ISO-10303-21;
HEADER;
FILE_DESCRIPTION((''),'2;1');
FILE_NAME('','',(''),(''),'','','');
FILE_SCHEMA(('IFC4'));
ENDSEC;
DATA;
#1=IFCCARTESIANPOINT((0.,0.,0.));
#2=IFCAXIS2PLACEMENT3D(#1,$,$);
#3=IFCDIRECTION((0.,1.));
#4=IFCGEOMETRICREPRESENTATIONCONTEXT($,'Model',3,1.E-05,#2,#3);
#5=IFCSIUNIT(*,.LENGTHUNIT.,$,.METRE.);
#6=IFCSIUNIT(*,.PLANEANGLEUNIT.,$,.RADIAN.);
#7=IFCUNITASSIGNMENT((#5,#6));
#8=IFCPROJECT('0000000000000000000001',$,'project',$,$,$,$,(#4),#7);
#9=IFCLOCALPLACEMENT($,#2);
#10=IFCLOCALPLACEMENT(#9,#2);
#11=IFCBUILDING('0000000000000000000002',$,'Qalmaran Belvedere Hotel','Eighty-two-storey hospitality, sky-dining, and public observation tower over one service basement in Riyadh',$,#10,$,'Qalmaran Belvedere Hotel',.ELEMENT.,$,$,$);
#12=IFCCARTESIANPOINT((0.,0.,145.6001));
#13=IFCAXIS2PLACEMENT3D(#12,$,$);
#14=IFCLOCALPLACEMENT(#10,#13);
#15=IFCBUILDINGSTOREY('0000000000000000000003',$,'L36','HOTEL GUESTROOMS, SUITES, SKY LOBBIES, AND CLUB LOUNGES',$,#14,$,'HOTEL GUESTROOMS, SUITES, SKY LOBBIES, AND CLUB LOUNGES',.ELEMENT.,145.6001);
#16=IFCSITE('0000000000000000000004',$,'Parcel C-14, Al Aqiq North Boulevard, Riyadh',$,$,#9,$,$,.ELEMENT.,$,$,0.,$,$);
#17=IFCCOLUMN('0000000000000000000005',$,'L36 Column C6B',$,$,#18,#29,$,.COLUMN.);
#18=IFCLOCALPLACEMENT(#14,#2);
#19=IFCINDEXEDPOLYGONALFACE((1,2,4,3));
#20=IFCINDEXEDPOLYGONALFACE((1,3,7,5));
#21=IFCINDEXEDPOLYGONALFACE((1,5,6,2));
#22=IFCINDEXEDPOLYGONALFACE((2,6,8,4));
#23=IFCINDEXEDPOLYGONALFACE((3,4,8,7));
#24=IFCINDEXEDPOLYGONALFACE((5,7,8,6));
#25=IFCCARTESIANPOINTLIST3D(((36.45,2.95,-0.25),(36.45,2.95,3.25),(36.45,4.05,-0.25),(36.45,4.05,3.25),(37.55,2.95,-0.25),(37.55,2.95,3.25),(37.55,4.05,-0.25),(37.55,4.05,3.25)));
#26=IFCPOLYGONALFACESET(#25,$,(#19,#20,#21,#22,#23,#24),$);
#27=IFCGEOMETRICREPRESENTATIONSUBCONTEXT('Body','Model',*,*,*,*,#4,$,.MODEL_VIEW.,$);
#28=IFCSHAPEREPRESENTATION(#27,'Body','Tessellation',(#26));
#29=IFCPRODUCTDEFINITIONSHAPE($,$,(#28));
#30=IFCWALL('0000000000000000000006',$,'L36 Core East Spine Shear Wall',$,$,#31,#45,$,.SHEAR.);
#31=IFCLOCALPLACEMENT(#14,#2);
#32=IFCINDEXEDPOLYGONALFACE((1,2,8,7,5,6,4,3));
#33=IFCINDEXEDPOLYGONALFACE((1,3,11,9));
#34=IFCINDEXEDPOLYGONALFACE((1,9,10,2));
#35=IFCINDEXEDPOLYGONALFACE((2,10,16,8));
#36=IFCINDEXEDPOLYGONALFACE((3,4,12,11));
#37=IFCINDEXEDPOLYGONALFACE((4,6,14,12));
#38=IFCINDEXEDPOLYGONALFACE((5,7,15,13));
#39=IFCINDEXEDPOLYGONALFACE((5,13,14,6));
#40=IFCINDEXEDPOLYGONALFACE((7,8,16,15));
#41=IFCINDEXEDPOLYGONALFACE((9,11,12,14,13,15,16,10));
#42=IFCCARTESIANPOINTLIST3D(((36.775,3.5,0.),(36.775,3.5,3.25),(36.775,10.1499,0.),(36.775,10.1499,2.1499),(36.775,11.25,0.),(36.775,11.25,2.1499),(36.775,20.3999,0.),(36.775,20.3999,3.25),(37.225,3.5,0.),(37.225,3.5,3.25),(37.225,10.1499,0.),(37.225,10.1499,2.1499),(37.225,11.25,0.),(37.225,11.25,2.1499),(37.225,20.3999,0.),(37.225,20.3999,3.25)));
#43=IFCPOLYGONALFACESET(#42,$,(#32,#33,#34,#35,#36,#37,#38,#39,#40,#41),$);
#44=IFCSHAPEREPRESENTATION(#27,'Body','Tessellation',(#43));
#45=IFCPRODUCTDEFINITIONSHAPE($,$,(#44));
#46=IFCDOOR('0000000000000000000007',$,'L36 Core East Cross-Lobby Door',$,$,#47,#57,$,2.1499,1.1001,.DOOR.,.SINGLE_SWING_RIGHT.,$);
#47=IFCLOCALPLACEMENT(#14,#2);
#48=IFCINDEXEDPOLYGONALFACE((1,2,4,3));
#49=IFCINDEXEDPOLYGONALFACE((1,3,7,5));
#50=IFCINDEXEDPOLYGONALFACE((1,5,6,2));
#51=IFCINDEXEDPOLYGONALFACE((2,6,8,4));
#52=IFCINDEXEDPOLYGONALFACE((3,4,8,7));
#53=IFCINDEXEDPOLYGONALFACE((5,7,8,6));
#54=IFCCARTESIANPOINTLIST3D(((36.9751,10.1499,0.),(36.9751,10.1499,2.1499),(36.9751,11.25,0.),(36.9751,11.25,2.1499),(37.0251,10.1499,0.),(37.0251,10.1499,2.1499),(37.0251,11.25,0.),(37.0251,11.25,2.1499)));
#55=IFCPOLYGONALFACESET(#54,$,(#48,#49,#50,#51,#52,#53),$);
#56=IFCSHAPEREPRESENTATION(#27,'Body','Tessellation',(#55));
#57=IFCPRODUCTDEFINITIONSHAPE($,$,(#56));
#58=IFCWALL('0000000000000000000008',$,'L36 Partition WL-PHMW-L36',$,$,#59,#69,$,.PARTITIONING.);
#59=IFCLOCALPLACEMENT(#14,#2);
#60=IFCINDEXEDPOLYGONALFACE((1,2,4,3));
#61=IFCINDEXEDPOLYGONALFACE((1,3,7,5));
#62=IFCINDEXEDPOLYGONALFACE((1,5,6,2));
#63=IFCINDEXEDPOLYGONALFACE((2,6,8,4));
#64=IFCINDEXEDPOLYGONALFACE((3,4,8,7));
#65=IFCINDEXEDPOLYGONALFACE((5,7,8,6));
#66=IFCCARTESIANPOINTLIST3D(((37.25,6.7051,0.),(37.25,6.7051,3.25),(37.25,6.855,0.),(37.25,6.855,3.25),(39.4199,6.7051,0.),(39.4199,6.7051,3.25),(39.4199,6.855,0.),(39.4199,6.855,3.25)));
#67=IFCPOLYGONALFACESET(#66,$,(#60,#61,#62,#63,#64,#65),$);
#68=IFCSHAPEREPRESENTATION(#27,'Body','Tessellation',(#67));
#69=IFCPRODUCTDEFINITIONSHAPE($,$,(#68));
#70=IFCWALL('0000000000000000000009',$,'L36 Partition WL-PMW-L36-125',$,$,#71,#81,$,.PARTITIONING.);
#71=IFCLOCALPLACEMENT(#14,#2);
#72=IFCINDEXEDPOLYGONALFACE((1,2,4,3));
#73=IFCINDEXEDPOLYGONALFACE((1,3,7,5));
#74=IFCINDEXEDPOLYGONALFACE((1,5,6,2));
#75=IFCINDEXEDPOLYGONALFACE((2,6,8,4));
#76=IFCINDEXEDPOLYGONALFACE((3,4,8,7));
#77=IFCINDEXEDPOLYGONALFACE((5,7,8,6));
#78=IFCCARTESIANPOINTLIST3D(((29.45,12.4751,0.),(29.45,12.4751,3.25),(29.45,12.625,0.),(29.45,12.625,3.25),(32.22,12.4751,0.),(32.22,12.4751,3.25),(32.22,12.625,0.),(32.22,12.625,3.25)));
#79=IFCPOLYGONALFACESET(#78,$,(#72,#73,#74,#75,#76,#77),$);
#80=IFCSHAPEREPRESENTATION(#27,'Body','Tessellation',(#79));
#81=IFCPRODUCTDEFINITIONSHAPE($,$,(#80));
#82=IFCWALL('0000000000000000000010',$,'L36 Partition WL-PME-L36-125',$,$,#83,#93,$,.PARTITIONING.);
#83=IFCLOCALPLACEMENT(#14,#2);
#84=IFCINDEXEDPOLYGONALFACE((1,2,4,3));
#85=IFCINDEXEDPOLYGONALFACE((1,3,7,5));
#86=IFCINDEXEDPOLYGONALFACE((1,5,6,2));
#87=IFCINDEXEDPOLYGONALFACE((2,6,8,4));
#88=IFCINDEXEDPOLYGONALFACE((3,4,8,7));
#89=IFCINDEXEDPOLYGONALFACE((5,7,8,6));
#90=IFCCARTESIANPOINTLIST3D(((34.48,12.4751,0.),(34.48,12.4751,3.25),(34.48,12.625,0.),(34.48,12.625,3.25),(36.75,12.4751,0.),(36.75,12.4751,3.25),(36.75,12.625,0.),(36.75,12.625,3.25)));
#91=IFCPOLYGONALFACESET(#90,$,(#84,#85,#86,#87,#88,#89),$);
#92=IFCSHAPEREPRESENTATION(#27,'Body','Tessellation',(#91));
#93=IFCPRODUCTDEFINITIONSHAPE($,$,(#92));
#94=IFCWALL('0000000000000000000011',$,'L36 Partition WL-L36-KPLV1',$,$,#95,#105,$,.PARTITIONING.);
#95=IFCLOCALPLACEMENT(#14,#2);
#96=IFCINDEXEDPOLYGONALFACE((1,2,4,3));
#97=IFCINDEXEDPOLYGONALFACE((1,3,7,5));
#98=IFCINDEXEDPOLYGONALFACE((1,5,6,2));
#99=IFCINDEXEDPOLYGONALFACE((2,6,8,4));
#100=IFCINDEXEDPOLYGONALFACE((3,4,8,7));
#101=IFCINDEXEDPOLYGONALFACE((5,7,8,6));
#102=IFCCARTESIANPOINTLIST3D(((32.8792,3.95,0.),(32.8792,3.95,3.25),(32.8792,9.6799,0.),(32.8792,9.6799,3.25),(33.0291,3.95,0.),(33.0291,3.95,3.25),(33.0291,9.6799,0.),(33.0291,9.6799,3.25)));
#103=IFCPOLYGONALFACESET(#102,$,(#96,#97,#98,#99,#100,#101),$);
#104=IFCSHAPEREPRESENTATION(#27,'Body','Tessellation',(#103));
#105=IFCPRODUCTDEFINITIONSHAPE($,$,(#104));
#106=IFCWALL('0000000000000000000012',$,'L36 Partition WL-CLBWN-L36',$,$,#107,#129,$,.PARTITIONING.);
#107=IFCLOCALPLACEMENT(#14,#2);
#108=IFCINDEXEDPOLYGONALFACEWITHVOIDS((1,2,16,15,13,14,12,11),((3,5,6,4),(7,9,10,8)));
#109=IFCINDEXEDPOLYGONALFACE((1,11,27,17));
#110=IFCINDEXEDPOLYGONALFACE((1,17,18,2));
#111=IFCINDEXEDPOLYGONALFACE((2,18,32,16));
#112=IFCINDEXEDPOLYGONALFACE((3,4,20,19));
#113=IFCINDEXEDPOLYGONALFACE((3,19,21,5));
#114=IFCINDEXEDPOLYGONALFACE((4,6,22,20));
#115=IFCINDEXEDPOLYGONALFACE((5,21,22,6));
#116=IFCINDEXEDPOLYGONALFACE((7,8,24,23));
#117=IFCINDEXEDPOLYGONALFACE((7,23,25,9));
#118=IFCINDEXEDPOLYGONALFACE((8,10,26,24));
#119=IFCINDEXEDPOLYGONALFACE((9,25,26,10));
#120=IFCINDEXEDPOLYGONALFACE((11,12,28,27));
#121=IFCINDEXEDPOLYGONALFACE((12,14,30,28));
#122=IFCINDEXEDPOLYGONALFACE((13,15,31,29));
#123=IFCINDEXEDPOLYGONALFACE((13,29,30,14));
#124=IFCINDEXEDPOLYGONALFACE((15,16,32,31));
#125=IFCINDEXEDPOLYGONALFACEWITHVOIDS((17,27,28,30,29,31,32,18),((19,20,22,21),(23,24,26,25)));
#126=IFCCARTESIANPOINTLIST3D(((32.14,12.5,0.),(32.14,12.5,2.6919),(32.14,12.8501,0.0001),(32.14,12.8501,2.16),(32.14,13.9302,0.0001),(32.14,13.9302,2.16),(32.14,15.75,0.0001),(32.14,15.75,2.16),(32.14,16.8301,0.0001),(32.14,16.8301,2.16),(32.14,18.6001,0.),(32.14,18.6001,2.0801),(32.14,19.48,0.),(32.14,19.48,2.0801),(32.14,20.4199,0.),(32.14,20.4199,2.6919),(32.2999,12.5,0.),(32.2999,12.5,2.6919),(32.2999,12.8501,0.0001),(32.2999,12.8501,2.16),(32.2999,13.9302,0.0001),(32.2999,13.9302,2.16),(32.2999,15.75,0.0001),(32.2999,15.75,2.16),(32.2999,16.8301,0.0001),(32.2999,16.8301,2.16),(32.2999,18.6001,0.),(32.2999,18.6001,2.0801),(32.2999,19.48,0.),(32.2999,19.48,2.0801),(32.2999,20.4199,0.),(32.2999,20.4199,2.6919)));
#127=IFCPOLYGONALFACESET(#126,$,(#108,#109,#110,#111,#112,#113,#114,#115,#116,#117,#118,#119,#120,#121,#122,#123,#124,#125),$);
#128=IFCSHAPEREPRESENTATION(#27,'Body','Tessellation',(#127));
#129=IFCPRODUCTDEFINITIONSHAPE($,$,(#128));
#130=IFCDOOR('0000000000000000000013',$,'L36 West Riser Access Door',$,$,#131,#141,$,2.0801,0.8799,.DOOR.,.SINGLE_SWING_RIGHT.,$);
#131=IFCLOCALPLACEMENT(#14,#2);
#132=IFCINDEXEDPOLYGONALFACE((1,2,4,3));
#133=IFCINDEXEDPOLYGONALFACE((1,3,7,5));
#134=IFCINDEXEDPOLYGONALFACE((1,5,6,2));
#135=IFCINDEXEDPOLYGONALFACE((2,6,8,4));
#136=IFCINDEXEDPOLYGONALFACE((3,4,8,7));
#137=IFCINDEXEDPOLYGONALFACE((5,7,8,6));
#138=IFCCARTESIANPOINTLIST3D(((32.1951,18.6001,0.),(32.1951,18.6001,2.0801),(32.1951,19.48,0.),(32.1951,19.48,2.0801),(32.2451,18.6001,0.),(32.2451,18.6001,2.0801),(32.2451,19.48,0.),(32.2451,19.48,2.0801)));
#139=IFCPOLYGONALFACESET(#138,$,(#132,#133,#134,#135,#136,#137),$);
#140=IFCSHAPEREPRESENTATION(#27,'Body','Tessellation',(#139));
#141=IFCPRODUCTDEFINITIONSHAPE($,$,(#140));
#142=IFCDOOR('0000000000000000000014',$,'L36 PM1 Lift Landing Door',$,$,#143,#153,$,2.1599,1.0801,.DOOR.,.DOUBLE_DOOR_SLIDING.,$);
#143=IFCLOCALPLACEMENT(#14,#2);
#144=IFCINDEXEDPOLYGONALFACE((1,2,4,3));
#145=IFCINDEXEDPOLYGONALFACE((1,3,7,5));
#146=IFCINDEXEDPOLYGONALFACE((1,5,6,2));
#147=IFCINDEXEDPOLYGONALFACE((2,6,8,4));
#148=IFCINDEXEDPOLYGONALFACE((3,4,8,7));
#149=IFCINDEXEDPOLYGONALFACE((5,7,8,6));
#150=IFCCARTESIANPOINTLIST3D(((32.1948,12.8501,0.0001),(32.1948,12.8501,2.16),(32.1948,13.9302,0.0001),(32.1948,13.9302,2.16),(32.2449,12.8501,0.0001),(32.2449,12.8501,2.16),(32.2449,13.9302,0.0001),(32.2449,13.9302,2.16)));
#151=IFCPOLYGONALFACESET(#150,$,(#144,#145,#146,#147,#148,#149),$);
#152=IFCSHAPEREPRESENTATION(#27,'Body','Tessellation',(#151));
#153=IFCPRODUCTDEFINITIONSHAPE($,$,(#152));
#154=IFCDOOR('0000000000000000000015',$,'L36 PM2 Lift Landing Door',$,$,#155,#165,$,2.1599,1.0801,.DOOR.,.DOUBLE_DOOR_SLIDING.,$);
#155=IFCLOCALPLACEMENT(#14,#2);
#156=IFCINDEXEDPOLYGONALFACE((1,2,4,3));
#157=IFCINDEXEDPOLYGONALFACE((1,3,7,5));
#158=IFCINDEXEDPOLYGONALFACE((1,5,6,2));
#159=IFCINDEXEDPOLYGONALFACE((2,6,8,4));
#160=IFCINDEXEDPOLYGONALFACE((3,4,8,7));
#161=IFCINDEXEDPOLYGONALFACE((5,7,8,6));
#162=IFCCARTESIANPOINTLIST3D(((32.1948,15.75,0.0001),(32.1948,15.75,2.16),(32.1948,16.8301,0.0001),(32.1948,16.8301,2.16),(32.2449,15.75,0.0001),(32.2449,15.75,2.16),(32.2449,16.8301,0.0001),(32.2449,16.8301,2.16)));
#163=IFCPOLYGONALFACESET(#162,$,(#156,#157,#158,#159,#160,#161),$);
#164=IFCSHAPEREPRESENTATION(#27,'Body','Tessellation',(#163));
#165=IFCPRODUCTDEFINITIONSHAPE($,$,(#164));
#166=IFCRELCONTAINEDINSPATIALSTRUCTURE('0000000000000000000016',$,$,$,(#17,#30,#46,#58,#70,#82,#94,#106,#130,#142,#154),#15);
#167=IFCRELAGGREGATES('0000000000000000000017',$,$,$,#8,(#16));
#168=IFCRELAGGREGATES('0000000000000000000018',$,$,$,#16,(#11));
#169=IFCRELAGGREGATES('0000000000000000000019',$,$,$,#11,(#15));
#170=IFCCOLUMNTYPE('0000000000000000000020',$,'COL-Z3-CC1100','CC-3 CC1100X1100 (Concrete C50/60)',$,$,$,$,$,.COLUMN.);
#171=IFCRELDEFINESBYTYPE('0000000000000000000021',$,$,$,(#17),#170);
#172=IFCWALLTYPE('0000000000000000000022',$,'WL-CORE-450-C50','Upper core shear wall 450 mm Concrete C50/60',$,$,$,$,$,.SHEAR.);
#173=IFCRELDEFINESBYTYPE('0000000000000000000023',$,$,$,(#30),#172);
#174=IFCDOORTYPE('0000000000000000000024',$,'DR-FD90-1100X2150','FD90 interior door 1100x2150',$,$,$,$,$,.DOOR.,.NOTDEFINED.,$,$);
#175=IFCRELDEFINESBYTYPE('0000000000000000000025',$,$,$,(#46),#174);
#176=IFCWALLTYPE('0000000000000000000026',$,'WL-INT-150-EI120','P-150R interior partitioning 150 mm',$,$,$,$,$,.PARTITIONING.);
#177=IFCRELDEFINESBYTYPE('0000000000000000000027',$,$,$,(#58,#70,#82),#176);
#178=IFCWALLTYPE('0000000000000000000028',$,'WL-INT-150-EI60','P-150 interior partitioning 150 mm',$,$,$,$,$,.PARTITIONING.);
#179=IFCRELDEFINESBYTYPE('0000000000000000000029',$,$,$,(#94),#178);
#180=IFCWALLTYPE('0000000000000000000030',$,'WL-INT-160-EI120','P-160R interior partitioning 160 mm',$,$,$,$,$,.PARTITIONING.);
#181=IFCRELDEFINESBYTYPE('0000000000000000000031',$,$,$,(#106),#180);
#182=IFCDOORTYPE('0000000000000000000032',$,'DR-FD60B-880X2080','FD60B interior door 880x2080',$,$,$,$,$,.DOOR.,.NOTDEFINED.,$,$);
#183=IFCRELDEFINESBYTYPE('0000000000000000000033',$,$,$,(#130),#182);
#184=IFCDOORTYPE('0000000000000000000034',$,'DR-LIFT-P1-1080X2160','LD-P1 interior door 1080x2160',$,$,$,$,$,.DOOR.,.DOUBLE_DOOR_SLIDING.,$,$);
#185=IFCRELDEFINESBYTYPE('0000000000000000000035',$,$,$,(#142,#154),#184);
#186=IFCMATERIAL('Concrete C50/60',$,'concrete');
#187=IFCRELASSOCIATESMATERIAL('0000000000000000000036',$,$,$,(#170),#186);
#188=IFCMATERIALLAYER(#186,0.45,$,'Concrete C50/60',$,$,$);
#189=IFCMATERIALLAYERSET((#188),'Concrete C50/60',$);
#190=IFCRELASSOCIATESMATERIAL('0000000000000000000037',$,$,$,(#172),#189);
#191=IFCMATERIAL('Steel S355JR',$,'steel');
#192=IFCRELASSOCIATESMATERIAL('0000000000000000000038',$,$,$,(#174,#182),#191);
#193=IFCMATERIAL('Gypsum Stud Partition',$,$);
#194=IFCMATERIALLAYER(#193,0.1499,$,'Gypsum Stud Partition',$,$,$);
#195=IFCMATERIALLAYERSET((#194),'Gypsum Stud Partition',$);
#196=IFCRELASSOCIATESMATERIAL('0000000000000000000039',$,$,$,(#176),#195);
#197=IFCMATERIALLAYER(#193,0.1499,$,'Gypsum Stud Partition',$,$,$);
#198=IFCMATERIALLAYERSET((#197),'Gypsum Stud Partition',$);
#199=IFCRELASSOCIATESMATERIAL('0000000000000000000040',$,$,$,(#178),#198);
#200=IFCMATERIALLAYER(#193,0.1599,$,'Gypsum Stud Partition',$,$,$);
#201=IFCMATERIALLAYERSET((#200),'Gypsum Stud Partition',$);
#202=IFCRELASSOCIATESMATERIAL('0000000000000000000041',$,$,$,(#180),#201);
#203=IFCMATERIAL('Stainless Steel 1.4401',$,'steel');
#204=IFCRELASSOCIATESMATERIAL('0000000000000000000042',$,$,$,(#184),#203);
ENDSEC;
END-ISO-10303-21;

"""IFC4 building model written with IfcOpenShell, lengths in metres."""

from ifc_helpers import new_model, si_unit, direction, frame, frame_2d, origin, origin_2d, place, context, subcontext, project, spatial, rectangle, extrude, material, layer, layer_set, material_profile, profile_set, type_object, element, fill, save


model = new_model("IFC4")

# Units and contexts
model_context = context("Model", 3, precision=1e-05, world=origin(), true_north=direction((0.0, 1.0)))
body_context = subcontext(model_context, "Body", "Model", "MODEL_VIEW")
ifc_project = project(units=[si_unit("LENGTHUNIT", "METRE"), si_unit("PLANEANGLEUNIT", "RADIAN")], contexts=[model_context])

# Site, building, storey
site_placement = place(None, origin())
site = spatial("IfcSite", under=ifc_project, at=site_placement, Name="Parcel C-14, Al Aqiq North Boulevard, Riyadh", CompositionType="ELEMENT", RefElevation=0.0)
building_placement = place(site_placement, origin())
building = spatial("IfcBuilding", under=site, at=building_placement, Name="Qalmaran Belvedere Hotel", Description="Eighty-two-storey hospitality, sky-dining, and public observation tower over one service basement in Riyadh", LongName="Qalmaran Belvedere Hotel", CompositionType="ELEMENT")
storey_placement = place(building_placement, frame((0.0, 0.0, 145.6001)))
storey = spatial("IfcBuildingStorey", under=building, at=storey_placement, Name="L36", Description="HOTEL GUESTROOMS, SUITES, SKY LOBBIES, AND CLUB LOUNGES", LongName="HOTEL GUESTROOMS, SUITES, SKY LOBBIES, AND CLUB LOUNGES", CompositionType="ELEMENT", Elevation=145.6001)

# Column
ifc_material_1 = material(Name="Concrete C50/60", Category="concrete")
ifc_material_profile = material_profile(ifc_material_1, rectangle(XDim=1.1001, YDim=1.1001, at=origin_2d()), Name="CC1100X1100")
ifc_profile_set = profile_set([ifc_material_profile], Name="Concrete C50/60")
column_type = type_object("IfcColumnType", Name="COL-Z3-CC1100", Description="CC-3 CC1100X1100 (Concrete C50/60)", PredefinedType="COLUMN", material=ifc_profile_set)
column_placement = place(storey_placement, frame((37.0, 3.5, -0.25), z_axis=(0.0, 0.0, 1.0), x_axis=(1.0, 0.0, 0.0)))
element("IfcColumn", 1, at=column_placement, inside=storey, type_object=column_type, Name="L36 Column C6B", PredefinedType="COLUMN", context=body_context, shape_type="SweptSolid", body=[
    extrude(rectangle(XDim=1.1001, YDim=1.1001, at=origin_2d()), origin(), (0.0, 0.0, 1.0), 3.5),
])

# Wall, opening, door
ifc_layer_1 = layer(ifc_material_1, 0.45, Name="Concrete C50/60")
ifc_layer_set_1 = layer_set([ifc_layer_1], Name="Concrete C50/60")
wall_type_1 = type_object("IfcWallType", Name="WL-CORE-450-C50", Description="Upper core shear wall 450 mm Concrete C50/60", PredefinedType="SHEAR", material=ifc_layer_set_1)
wall_1_placement = place(storey_placement, frame((37.0, 3.5, 0.0), z_axis=(0.0, 0.0, 1.0), x_axis=(0.0, 1.0, 0.0)))
wall_1 = element("IfcWall", 2, at=wall_1_placement, inside=storey, type_object=wall_type_1, Name="L36 Core East Spine Shear Wall", PredefinedType="SHEAR", context=body_context, shape_type="SweptSolid", body=[
    extrude(rectangle(XDim=16.8999, YDim=0.45, at=frame_2d((8.45, 0.0))), origin(), (0.0, 0.0, 1.0), 3.25),
])
opening_1_placement = place(wall_1_placement, frame((6.6499, 0.0, 0.0)))
opening_1 = element("IfcOpeningElement", 3, at=opening_1_placement, cuts=wall_1, PredefinedType="OPENING", context=body_context, shape_type="SweptSolid", body=[
    extrude(rectangle(XDim=1.1001, YDim=2.1499, at=frame_2d((0.55, 1.075))), frame((0.0, 0.2349, 0.0), z_axis=(0.0, -1.0, 0.0), x_axis=(1.0, 0.0, 0.0)), (0.0, 0.0, 1.0), 0.47),
])
ifc_material_2 = material(Name="Steel S355JR", Category="steel")
door_type_1 = type_object("IfcDoorType", Name="DR-FD90-1100X2150", Description="FD90 interior door 1100x2150", OperationType="NOTDEFINED", PredefinedType="DOOR", material=ifc_material_2)
door_1_placement = place(opening_1_placement, origin())
door_1 = element("IfcDoor", 4, at=door_1_placement, inside=storey, type_object=door_type_1, Name="L36 Core East Cross-Lobby Door", OperationType="SINGLE_SWING_RIGHT", OverallHeight=2.1499, OverallWidth=1.1001, PredefinedType="DOOR", context=body_context, shape_type="SweptSolid", body=[
    extrude(rectangle(XDim=1.1001, YDim=2.1499, at=frame_2d((0.55, 1.075))), frame((0.0, 0.0249, 0.0), z_axis=(0.0, -1.0, 0.0), x_axis=(1.0, 0.0, 0.0)), (0.0, 0.0, 1.0), 0.05),
])
fill(opening_1, door_1)

# Walls
ifc_material_3 = material(Name="Gypsum Stud Partition")
ifc_layer_2 = layer(ifc_material_3, 0.1499, Name="Gypsum Stud Partition")
ifc_layer_set_2 = layer_set([ifc_layer_2], Name="Gypsum Stud Partition")
wall_type_2 = type_object("IfcWallType", Name="WL-INT-150-EI120", Description="P-150R interior partitioning 150 mm", PredefinedType="PARTITIONING", material=ifc_layer_set_2)
wall_2_placement = place(storey_placement, frame((37.25, 6.78, 0.0), z_axis=(0.0, 0.0, 1.0), x_axis=(1.0, 0.0, 0.0)))
element("IfcWall", 5, at=wall_2_placement, inside=storey, type_object=wall_type_2, Name="L36 Partition WL-PHMW-L36", PredefinedType="PARTITIONING", context=body_context, shape_type="SweptSolid", body=[
    extrude(rectangle(XDim=2.1699, YDim=0.1499, at=frame_2d((1.085, 0.0))), origin(), (0.0, 0.0, 1.0), 3.25),
])
wall_3_placement = place(storey_placement, frame((29.45, 12.55, 0.0), z_axis=(0.0, 0.0, 1.0), x_axis=(1.0, 0.0, 0.0)))
element("IfcWall", 6, at=wall_3_placement, inside=storey, type_object=wall_type_2, Name="L36 Partition WL-PMW-L36-125", PredefinedType="PARTITIONING", context=body_context, shape_type="SweptSolid", body=[
    extrude(rectangle(XDim=2.77, YDim=0.1499, at=frame_2d((1.385, 0.0))), origin(), (0.0, 0.0, 1.0), 3.25),
])
wall_4_placement = place(storey_placement, frame((34.48, 12.55, 0.0), z_axis=(0.0, 0.0, 1.0), x_axis=(1.0, 0.0, 0.0)))
element("IfcWall", 7, at=wall_4_placement, inside=storey, type_object=wall_type_2, Name="L36 Partition WL-PME-L36-125", PredefinedType="PARTITIONING", context=body_context, shape_type="SweptSolid", body=[
    extrude(rectangle(XDim=2.27, YDim=0.1499, at=frame_2d((1.135, 0.0))), origin(), (0.0, 0.0, 1.0), 3.25),
])
ifc_layer_3 = layer(ifc_material_3, 0.1499, Name="Gypsum Stud Partition")
ifc_layer_set_3 = layer_set([ifc_layer_3], Name="Gypsum Stud Partition")
wall_type_3 = type_object("IfcWallType", Name="WL-INT-150-EI60", Description="P-150 interior partitioning 150 mm", PredefinedType="PARTITIONING", material=ifc_layer_set_3)
wall_5_placement = place(storey_placement, frame((32.9541, 3.95, 0.0), z_axis=(0.0, 0.0, 1.0), x_axis=(0.0, 1.0, 0.0)))
element("IfcWall", 8, at=wall_5_placement, inside=storey, type_object=wall_type_3, Name="L36 Partition WL-L36-KPLV1", PredefinedType="PARTITIONING", context=body_context, shape_type="SweptSolid", body=[
    extrude(rectangle(XDim=5.73, YDim=0.1499, at=frame_2d((2.865, 0.0))), origin(), (0.0, 0.0, 1.0), 3.25),
])

# Wall, openings, doors
ifc_layer_4 = layer(ifc_material_3, 0.1599, Name="Gypsum Stud Partition")
ifc_layer_set_4 = layer_set([ifc_layer_4], Name="Gypsum Stud Partition")
wall_type_4 = type_object("IfcWallType", Name="WL-INT-160-EI120", Description="P-160R interior partitioning 160 mm", PredefinedType="PARTITIONING", material=ifc_layer_set_4)
wall_6_placement = place(storey_placement, frame((32.22, 12.5, 0.0), z_axis=(0.0, 0.0, 1.0), x_axis=(0.0, 1.0, 0.0)))
wall_6 = element("IfcWall", 9, at=wall_6_placement, inside=storey, type_object=wall_type_4, Name="L36 Partition WL-CLBWN-L36", PredefinedType="PARTITIONING", context=body_context, shape_type="SweptSolid", body=[
    extrude(rectangle(XDim=7.9199, YDim=0.1599, at=frame_2d((3.96, 0.0))), origin(), (0.0, 0.0, 1.0), 2.6919),
])
opening_2_placement = place(wall_6_placement, frame((1.4302, 0.0, 0.0), z_axis=(0.0, 0.0, 1.0), x_axis=(-1.0, 0.0, 0.0)))
opening_2 = element("IfcOpeningElement", 10, at=opening_2_placement, cuts=wall_6, PredefinedType="OPENING", context=body_context, shape_type="SweptSolid", body=[
    extrude(rectangle(XDim=1.0801, YDim=2.1599, at=frame_2d((0.54, 1.0801))), frame((0.0, 0.0898, 0.0), z_axis=(0.0, -1.0, 0.0), x_axis=(1.0, 0.0, 0.0)), (0.0, 0.0, 1.0), 0.1799),
])
opening_3_placement = place(wall_6_placement, frame((4.3301, 0.0, 0.0), z_axis=(0.0, 0.0, 1.0), x_axis=(-1.0, 0.0, 0.0)))
opening_3 = element("IfcOpeningElement", 11, at=opening_3_placement, cuts=wall_6, PredefinedType="OPENING", context=body_context, shape_type="SweptSolid", body=[
    extrude(rectangle(XDim=1.0801, YDim=2.1599, at=frame_2d((0.54, 1.0801))), frame((0.0, 0.0898, 0.0), z_axis=(0.0, -1.0, 0.0), x_axis=(1.0, 0.0, 0.0)), (0.0, 0.0, 1.0), 0.1799),
])
opening_4_placement = place(wall_6_placement, frame((6.1001, 0.0, 0.0)))
opening_4 = element("IfcOpeningElement", 12, at=opening_4_placement, cuts=wall_6, PredefinedType="OPENING", context=body_context, shape_type="SweptSolid", body=[
    extrude(rectangle(XDim=0.8799, YDim=2.0801, at=frame_2d((0.4399, 1.04))), frame((0.0, 0.0898, 0.0), z_axis=(0.0, -1.0, 0.0), x_axis=(1.0, 0.0, 0.0)), (0.0, 0.0, 1.0), 0.1799),
])
door_type_2 = type_object("IfcDoorType", Name="DR-FD60B-880X2080", Description="FD60B interior door 880x2080", OperationType="NOTDEFINED", PredefinedType="DOOR", material=ifc_material_2)
door_2_placement = place(opening_4_placement, origin())
door_2 = element("IfcDoor", 13, at=door_2_placement, inside=storey, type_object=door_type_2, Name="L36 West Riser Access Door", OperationType="SINGLE_SWING_RIGHT", OverallHeight=2.0801, OverallWidth=0.8799, PredefinedType="DOOR", context=body_context, shape_type="SweptSolid", body=[
    extrude(rectangle(XDim=0.8799, YDim=2.0801, at=frame_2d((0.4399, 1.04))), frame((0.0, 0.0249, 0.0), z_axis=(0.0, -1.0, 0.0), x_axis=(1.0, 0.0, 0.0)), (0.0, 0.0, 1.0), 0.05),
])
fill(opening_4, door_2)
ifc_material_4 = material(Name="Stainless Steel 1.4401", Category="steel")
door_type_3 = type_object("IfcDoorType", Name="DR-LIFT-P1-1080X2160", Description="LD-P1 interior door 1080x2160", OperationType="DOUBLE_DOOR_SLIDING", PredefinedType="DOOR", material=ifc_material_4)
door_3_placement = place(opening_2_placement, origin())
door_3 = element("IfcDoor", 14, at=door_3_placement, inside=storey, type_object=door_type_3, Name="L36 PM1 Lift Landing Door", OperationType="DOUBLE_DOOR_SLIDING", OverallHeight=2.1599, OverallWidth=1.0801, PredefinedType="DOOR", context=body_context, shape_type="SweptSolid", body=[
    extrude(rectangle(XDim=1.0801, YDim=2.1599, at=frame_2d((0.54, 1.0801))), frame((0.0, 0.0249, 0.0), z_axis=(0.0, -1.0, 0.0), x_axis=(1.0, 0.0, 0.0)), (0.0, 0.0, 1.0), 0.05),
])
fill(opening_2, door_3)
door_4_placement = place(opening_3_placement, origin())
door_4 = element("IfcDoor", 15, at=door_4_placement, inside=storey, type_object=door_type_3, Name="L36 PM2 Lift Landing Door", OperationType="DOUBLE_DOOR_SLIDING", OverallHeight=2.1599, OverallWidth=1.0801, PredefinedType="DOOR", context=body_context, shape_type="SweptSolid", body=[
    extrude(rectangle(XDim=1.0801, YDim=2.1599, at=frame_2d((0.54, 1.0801))), frame((0.0, 0.0249, 0.0), z_axis=(0.0, -1.0, 0.0), x_axis=(1.0, 0.0, 0.0)), (0.0, 0.0, 1.0), 0.05),
])
fill(opening_3, door_4)

save(model, "model.ifc")
